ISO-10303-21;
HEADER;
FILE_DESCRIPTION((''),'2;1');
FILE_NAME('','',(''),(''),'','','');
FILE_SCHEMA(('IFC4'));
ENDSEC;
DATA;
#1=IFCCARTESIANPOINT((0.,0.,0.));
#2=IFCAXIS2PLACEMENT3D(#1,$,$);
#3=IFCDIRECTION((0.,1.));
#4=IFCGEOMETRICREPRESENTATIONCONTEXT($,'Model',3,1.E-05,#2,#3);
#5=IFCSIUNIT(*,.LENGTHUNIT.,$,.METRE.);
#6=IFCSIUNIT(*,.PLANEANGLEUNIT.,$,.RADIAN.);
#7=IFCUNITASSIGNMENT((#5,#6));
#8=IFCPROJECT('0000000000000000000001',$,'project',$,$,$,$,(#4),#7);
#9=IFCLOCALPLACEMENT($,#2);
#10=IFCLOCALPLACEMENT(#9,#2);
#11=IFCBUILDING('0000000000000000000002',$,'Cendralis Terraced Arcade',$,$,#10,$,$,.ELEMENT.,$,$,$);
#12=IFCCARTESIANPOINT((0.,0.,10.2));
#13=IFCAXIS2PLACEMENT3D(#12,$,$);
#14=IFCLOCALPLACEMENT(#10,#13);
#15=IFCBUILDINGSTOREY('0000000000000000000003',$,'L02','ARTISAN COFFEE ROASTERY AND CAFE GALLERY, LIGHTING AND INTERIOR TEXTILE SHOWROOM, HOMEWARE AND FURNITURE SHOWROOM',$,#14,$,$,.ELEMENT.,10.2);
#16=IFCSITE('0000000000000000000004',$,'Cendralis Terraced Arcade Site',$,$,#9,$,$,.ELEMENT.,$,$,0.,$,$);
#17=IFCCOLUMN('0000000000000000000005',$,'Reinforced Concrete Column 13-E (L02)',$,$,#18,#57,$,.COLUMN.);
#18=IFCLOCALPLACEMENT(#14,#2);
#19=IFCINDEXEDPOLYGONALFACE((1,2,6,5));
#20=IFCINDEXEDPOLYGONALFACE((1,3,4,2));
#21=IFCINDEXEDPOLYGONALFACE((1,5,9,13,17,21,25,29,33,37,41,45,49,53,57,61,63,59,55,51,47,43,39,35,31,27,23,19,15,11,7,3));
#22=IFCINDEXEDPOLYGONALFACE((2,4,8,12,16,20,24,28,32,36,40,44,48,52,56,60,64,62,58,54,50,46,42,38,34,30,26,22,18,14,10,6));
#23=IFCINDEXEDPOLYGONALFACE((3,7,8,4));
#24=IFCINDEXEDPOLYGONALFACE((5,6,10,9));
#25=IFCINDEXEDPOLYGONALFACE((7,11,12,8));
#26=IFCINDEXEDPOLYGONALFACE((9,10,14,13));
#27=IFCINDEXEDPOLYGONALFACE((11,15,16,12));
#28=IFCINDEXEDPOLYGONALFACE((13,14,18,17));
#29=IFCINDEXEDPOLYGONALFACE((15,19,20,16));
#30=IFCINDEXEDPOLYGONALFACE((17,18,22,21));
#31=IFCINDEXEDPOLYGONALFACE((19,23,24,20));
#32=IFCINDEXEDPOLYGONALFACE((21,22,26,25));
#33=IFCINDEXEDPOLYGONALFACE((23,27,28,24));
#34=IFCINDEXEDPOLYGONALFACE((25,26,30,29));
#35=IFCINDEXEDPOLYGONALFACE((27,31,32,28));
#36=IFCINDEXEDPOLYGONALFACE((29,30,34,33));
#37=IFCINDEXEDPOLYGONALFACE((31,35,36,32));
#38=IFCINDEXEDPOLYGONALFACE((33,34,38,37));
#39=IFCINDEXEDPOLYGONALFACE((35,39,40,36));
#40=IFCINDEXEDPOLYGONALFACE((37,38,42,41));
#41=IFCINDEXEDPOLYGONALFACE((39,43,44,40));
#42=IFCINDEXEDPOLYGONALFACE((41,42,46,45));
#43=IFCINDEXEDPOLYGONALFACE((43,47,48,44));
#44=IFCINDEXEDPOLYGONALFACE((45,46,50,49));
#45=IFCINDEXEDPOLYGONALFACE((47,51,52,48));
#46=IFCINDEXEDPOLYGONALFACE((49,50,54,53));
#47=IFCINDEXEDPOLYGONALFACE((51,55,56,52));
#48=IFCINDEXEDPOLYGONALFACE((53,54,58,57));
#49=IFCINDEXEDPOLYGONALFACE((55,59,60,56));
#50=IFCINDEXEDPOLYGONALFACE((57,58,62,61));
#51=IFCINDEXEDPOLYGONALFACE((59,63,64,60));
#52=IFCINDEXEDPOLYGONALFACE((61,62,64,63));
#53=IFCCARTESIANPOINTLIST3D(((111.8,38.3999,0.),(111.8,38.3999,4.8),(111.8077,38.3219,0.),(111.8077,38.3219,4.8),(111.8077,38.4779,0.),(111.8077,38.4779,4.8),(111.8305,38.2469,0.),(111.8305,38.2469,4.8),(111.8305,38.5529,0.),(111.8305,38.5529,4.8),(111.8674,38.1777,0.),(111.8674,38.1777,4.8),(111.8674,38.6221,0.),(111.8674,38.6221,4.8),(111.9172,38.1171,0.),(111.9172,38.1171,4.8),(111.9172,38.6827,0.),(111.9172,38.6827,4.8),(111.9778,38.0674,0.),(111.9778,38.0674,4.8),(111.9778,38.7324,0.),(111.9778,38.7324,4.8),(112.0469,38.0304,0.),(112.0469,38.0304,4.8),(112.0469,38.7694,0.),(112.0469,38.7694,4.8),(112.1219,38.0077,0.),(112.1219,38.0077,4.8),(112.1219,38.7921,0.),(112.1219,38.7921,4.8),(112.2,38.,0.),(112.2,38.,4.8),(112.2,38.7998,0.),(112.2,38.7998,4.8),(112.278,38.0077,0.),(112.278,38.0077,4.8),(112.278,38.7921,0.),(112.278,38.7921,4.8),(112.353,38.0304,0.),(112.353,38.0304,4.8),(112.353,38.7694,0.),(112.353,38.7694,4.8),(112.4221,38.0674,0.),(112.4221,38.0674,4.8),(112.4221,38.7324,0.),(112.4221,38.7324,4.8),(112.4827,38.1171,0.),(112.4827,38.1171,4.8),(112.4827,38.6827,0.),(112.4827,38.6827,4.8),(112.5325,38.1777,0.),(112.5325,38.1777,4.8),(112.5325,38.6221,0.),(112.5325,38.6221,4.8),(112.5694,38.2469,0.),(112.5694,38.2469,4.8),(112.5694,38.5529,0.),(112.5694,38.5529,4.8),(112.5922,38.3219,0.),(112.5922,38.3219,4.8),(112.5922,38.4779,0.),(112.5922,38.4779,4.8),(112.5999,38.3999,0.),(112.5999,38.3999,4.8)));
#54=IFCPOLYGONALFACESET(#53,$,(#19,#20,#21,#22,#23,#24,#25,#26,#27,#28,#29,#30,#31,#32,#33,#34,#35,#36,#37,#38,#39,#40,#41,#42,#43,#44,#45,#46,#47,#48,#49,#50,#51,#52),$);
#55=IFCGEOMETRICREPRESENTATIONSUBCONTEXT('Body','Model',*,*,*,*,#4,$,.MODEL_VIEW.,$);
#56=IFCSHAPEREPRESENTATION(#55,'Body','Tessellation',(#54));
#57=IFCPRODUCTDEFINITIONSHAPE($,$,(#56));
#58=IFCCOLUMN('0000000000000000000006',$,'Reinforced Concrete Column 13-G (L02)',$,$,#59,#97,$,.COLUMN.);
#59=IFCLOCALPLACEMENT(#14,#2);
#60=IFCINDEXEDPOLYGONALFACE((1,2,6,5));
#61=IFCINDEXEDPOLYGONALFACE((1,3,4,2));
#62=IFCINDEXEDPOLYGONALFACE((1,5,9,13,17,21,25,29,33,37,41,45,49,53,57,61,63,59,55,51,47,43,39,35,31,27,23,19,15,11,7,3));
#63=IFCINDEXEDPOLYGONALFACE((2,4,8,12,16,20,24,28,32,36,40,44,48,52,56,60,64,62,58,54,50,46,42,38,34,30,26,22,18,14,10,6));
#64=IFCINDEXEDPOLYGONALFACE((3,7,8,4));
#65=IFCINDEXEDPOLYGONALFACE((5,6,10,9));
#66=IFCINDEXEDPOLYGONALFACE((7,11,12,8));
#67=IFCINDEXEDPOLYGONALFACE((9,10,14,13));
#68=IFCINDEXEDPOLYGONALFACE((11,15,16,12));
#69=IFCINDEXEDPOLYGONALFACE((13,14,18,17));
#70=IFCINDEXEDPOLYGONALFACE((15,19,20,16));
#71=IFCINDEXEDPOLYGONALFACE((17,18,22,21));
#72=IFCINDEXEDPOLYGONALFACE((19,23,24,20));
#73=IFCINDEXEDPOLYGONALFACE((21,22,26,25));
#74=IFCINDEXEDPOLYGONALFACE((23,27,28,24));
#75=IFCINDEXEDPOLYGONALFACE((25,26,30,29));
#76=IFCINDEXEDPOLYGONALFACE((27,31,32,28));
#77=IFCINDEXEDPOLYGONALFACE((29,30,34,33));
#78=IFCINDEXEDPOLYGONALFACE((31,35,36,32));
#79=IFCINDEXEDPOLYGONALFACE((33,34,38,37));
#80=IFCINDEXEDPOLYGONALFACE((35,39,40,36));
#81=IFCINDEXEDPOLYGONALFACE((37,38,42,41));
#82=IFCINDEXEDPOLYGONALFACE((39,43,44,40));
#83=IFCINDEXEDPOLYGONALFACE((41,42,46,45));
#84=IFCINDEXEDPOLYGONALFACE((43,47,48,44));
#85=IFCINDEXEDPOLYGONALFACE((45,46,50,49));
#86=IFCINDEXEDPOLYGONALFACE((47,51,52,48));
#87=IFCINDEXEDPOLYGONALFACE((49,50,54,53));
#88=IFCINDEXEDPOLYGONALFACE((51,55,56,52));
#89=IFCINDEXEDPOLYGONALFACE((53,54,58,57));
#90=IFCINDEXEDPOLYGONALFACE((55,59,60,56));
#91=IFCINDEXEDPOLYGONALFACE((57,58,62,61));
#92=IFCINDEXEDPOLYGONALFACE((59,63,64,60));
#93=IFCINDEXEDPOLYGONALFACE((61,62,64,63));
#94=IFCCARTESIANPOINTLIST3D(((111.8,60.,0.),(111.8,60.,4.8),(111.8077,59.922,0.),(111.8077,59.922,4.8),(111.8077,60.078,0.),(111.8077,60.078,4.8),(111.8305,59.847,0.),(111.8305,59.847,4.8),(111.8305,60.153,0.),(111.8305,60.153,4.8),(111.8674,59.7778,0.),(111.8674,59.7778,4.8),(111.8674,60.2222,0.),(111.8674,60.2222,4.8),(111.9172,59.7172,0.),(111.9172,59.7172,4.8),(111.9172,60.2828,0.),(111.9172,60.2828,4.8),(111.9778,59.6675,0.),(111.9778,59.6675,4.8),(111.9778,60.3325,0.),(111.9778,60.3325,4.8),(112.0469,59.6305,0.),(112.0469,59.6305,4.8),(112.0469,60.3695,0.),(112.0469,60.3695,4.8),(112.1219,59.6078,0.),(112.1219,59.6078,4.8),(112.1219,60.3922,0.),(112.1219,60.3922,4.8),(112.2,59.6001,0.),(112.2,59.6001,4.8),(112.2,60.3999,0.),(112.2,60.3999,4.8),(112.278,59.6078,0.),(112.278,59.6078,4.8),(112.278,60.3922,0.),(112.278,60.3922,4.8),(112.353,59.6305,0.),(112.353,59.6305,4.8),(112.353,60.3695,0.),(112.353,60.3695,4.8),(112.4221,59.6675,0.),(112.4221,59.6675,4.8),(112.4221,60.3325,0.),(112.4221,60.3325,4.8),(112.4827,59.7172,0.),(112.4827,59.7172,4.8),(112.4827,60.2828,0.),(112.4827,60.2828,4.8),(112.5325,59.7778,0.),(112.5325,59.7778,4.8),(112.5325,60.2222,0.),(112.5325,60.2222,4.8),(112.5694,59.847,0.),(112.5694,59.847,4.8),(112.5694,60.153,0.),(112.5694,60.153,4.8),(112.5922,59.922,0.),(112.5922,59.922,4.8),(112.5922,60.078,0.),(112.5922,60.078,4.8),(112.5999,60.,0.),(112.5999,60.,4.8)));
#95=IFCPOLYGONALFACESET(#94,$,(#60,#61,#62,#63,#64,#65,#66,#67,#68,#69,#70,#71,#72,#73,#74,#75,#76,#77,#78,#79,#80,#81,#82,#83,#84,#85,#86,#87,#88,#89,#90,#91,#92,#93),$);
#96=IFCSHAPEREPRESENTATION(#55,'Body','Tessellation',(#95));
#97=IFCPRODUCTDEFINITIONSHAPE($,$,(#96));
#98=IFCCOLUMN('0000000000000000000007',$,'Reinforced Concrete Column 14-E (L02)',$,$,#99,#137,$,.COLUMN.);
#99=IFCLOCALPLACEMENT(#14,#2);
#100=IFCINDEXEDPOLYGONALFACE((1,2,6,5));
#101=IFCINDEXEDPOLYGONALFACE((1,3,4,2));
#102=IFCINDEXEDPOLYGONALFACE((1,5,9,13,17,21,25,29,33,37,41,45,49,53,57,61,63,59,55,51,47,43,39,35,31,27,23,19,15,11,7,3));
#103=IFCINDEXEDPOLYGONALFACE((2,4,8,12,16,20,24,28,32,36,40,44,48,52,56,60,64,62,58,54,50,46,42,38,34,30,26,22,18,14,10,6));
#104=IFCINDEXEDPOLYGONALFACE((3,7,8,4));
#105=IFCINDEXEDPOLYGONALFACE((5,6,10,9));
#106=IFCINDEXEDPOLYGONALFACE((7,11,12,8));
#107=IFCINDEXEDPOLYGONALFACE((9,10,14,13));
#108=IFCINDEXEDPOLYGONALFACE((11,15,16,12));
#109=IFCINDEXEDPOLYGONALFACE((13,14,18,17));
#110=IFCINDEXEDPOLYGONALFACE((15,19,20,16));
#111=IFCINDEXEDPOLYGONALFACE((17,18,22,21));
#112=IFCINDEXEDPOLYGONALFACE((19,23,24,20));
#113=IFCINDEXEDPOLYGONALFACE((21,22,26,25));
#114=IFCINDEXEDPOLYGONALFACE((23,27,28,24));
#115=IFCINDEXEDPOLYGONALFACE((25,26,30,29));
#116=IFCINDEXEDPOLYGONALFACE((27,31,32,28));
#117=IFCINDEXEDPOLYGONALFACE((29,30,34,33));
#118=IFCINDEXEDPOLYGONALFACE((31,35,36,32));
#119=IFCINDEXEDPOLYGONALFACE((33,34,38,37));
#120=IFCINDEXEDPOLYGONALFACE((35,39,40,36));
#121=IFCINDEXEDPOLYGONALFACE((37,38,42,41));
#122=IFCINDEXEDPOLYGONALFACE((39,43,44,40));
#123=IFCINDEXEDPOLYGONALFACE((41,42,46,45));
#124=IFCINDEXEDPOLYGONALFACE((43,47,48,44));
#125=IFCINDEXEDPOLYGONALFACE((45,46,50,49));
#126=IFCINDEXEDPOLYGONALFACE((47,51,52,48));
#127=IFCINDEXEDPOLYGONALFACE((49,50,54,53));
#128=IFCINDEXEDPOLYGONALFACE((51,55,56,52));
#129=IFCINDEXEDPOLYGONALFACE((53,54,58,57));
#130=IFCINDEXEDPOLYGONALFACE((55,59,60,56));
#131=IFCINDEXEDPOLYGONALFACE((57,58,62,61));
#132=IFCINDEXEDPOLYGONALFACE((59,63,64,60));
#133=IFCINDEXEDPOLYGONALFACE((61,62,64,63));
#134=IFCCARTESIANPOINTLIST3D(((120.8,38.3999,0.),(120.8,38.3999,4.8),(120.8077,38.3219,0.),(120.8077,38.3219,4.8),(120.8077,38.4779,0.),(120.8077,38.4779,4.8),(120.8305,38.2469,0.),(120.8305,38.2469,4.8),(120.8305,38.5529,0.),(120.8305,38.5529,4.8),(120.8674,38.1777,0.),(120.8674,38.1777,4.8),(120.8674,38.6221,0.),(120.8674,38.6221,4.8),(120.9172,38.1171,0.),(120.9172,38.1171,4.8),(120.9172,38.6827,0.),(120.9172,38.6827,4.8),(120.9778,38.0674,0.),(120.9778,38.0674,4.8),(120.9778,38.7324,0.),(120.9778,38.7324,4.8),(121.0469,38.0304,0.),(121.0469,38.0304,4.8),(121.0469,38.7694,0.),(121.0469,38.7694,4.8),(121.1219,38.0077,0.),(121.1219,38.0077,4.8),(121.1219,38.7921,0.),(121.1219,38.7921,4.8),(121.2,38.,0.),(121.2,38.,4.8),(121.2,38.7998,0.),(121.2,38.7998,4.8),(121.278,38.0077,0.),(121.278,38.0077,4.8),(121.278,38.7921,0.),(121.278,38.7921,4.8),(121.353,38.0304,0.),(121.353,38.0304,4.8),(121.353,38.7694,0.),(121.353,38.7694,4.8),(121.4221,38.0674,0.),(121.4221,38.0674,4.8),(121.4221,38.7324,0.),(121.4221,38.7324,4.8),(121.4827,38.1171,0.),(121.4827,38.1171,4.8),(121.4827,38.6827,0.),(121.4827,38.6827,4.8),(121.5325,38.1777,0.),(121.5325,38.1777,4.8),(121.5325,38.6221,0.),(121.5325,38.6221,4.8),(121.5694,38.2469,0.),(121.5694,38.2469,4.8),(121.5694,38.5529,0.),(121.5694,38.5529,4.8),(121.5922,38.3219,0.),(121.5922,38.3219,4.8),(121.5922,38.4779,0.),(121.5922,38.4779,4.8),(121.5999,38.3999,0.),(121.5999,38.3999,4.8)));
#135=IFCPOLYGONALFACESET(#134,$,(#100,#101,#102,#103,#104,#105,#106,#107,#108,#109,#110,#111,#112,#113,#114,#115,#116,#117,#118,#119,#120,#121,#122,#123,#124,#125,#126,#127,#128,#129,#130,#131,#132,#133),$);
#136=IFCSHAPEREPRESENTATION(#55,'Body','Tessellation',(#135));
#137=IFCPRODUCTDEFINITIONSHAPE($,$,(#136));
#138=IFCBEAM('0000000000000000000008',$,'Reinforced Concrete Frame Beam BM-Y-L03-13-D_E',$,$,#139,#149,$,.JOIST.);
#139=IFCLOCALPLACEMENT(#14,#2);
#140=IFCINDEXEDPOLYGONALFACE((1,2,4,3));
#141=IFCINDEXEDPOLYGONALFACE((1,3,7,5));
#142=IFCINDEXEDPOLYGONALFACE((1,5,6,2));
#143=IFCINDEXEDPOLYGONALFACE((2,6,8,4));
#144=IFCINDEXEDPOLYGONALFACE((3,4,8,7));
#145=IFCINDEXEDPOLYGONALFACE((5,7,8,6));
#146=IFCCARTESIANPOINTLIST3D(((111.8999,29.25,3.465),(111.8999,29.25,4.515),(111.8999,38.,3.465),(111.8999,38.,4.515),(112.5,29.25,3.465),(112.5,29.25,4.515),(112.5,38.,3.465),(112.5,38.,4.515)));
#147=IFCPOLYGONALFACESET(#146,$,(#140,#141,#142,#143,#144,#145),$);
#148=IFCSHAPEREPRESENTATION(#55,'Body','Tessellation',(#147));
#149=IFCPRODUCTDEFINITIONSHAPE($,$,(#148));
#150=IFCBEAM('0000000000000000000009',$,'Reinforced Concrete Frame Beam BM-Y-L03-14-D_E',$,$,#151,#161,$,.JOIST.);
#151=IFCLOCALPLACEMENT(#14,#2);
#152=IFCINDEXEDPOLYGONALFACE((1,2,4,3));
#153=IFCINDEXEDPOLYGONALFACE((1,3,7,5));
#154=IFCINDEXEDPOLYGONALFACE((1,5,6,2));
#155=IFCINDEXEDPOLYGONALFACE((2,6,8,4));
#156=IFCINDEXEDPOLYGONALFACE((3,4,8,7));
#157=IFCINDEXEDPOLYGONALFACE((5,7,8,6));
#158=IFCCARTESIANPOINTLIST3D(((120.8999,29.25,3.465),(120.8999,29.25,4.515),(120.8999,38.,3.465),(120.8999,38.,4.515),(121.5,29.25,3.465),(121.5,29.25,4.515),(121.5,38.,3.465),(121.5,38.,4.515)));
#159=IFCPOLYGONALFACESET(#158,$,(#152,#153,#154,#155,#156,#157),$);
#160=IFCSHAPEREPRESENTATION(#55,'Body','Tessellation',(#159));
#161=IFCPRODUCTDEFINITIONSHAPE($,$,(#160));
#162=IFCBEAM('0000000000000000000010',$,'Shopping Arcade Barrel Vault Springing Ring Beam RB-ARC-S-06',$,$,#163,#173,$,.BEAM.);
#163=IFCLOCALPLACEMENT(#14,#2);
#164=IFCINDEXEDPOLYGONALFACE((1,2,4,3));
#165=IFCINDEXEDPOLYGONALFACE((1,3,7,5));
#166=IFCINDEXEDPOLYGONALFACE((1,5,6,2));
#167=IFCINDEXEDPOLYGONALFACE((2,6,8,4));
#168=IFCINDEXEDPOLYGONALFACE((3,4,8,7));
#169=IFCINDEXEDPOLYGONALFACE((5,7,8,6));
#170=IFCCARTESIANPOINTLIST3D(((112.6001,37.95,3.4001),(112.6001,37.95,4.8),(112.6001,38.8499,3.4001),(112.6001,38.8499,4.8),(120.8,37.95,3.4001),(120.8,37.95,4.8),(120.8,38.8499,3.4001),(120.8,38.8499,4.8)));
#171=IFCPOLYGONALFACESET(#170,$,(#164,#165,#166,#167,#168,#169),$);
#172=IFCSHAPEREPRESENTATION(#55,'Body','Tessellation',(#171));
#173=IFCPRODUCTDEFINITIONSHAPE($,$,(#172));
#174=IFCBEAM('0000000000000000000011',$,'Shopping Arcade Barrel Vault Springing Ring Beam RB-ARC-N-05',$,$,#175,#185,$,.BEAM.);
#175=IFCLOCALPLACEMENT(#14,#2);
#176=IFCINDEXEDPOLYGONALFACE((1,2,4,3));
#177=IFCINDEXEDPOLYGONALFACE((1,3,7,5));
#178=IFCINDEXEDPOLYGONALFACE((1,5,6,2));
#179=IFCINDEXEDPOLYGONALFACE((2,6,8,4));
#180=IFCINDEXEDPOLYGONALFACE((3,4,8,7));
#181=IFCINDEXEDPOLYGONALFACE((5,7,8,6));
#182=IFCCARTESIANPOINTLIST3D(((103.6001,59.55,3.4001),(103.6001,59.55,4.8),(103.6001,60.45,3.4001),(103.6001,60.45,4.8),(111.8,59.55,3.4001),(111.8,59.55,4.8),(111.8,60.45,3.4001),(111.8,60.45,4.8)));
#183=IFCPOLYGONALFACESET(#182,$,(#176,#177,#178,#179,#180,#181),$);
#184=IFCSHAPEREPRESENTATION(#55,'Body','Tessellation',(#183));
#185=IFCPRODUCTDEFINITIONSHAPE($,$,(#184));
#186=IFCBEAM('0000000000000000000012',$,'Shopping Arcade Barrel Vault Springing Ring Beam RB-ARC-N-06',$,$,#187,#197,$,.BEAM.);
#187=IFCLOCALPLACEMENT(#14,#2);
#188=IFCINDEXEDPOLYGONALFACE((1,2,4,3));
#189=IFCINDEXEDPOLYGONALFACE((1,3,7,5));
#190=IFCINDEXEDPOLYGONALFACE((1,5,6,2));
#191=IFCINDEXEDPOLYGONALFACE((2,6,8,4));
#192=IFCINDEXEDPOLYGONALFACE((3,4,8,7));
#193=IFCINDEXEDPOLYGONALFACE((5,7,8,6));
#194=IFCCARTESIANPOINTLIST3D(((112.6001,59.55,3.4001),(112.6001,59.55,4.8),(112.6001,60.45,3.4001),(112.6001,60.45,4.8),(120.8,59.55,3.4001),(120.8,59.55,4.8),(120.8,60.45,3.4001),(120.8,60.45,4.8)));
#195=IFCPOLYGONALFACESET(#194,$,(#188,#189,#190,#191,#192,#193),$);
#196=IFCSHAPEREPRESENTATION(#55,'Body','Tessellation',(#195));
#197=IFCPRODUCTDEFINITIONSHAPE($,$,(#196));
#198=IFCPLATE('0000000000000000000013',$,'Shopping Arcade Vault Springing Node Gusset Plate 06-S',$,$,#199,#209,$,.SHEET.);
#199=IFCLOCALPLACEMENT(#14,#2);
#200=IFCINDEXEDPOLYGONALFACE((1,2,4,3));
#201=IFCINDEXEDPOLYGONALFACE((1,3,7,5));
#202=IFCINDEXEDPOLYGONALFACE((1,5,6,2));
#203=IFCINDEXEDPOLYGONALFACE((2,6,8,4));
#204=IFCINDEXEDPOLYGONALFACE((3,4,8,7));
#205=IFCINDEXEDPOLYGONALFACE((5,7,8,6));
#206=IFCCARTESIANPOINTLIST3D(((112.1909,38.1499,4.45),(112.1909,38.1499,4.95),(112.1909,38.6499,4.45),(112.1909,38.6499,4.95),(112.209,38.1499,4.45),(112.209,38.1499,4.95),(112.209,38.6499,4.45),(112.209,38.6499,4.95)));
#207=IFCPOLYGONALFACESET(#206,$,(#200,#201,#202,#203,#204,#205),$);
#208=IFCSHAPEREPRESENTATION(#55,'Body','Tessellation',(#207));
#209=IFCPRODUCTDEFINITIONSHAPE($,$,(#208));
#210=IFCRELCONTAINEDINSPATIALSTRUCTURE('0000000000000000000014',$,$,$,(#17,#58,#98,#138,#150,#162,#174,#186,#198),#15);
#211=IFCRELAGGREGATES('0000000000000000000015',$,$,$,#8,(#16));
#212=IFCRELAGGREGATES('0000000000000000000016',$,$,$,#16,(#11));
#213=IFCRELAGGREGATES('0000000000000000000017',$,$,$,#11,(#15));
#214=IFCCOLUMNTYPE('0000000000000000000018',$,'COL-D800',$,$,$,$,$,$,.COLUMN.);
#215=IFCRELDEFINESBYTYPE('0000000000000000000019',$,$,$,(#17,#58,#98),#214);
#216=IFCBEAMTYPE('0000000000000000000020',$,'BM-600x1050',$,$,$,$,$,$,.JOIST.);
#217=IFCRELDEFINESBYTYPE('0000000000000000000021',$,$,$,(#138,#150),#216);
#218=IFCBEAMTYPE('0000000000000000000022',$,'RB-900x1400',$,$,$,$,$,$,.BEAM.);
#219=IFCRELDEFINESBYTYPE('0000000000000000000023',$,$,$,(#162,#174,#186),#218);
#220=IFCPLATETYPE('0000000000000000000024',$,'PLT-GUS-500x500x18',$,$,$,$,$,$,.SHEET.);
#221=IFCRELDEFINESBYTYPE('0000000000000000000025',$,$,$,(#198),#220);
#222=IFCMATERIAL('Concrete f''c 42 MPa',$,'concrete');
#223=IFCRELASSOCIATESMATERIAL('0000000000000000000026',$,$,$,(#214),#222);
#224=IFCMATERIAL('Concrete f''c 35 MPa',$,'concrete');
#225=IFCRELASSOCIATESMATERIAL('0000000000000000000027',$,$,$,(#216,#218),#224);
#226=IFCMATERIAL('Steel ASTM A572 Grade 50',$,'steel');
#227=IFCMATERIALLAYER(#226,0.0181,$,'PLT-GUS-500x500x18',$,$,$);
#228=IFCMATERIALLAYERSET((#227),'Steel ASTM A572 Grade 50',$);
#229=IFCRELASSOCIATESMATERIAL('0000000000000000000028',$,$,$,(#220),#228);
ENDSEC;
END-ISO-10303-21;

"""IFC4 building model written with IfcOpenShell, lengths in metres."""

from ifc_helpers import new_model, si_unit, direction, frame, origin, origin_2d, place, context, subcontext, project, spatial, rectangle, circle, extrude, material, layer, layer_set, material_profile, profile_set, type_object, element, save


model = new_model("IFC4")

# Units and contexts
model_context = context("Model", 3, precision=1e-05, world=origin(), true_north=direction((0.0, 1.0)))
body_context = subcontext(model_context, "Body", "Model", "MODEL_VIEW")
ifc_project = project(units=[si_unit("LENGTHUNIT", "METRE"), si_unit("PLANEANGLEUNIT", "RADIAN")], contexts=[model_context])

# Site, building, storey
site_placement = place(None, origin())
site = spatial("IfcSite", under=ifc_project, at=site_placement, Name="Cendralis Terraced Arcade Site", CompositionType="ELEMENT", RefElevation=0.0)
building_placement = place(site_placement, origin())
building = spatial("IfcBuilding", under=site, at=building_placement, Name="Cendralis Terraced Arcade", CompositionType="ELEMENT")
storey_placement = place(building_placement, frame((0.0, 0.0, 10.2)))
storey = spatial("IfcBuildingStorey", under=building, at=storey_placement, Name="L02", Description="ARTISAN COFFEE ROASTERY AND CAFE GALLERY, LIGHTING AND INTERIOR TEXTILE SHOWROOM, HOMEWARE AND FURNITURE SHOWROOM", CompositionType="ELEMENT", Elevation=10.2)

# Columns
ifc_material_1 = material(Name="Concrete f'c 42 MPa", Category="concrete")
ifc_material_profile_1 = material_profile(ifc_material_1, circle(Radius=0.3999, at=origin_2d()), Name="RC-COL-D800", Category="LoadBearing")
ifc_profile_set_1 = profile_set([ifc_material_profile_1], Name="Concrete f'c 42 MPa")
column_type = type_object("IfcColumnType", Name="COL-D800", PredefinedType="COLUMN", material=ifc_profile_set_1)
for number, where, z_axis, x_axis, name in (
    (1, (112.2, 38.3999, 0.0), (0.0, 0.0, 1.0), (1.0, 0.0, 0.0), "Reinforced Concrete Column 13-E (L02)"),
    (2, (112.2, 60.0, 0.0), (0.0, 0.0, 1.0), (1.0, 0.0, 0.0), "Reinforced Concrete Column 13-G (L02)"),
    (3, (121.2, 38.3999, 0.0), (0.0, 0.0, 1.0), (1.0, 0.0, 0.0), "Reinforced Concrete Column 14-E (L02)"),
):
    element("IfcColumn", number, at=place(storey_placement, frame(where, z_axis=z_axis, x_axis=x_axis)), inside=storey, type_object=column_type, Name=name, PredefinedType="COLUMN", context=body_context, shape_type="SweptSolid", body=[
        extrude(circle(Radius=0.3999, at=origin_2d()), origin(), (0.0, 0.0, 1.0), 4.8),
    ])

# Beams
ifc_material_2 = material(Name="Concrete f'c 35 MPa", Category="concrete")
ifc_material_profile_2 = material_profile(ifc_material_2, rectangle(XDim=0.6001, YDim=1.05, at=origin_2d()), Name="RC-BM-600x1050", Category="LoadBearing")
ifc_profile_set_2 = profile_set([ifc_material_profile_2], Name="Concrete f'c 35 MPa")
beam_type_1 = type_object("IfcBeamType", Name="BM-600x1050", PredefinedType="JOIST", material=ifc_profile_set_2)
for number, where, z_axis, x_axis, name in (
    (4, (112.2, 29.25, 3.99), (0.0, 1.0, 0.0), (-1.0, 0.0, 0.0), "Reinforced Concrete Frame Beam BM-Y-L03-13-D_E"),
    (5, (121.2, 29.25, 3.99), (0.0, 1.0, 0.0), (-1.0, 0.0, 0.0), "Reinforced Concrete Frame Beam BM-Y-L03-14-D_E"),
):
    element("IfcBeam", number, at=place(storey_placement, frame(where, z_axis=z_axis, x_axis=x_axis)), inside=storey, type_object=beam_type_1, Name=name, PredefinedType="JOIST", context=body_context, shape_type="SweptSolid", body=[
        extrude(rectangle(XDim=0.6001, YDim=1.05, at=origin_2d()), origin(), (0.0, 0.0, 1.0), 8.75),
    ])
ifc_material_profile_3 = material_profile(ifc_material_2, rectangle(XDim=0.8999, YDim=1.3999, at=origin_2d()), Name="RC-RB-900x1400", Category="LoadBearing")
ifc_profile_set_3 = profile_set([ifc_material_profile_3], Name="Concrete f'c 35 MPa")
beam_type_2 = type_object("IfcBeamType", Name="RB-900x1400", PredefinedType="BEAM", material=ifc_profile_set_3)
for number, where, z_axis, x_axis, name in (
    (6, (112.6001, 38.3999, 4.1001), (1.0, 0.0, 0.0), (0.0, 1.0, 0.0), "Shopping Arcade Barrel Vault Springing Ring Beam RB-ARC-S-06"),
    (7, (103.6001, 60.0, 4.1001), (1.0, 0.0, 0.0), (0.0, 1.0, 0.0), "Shopping Arcade Barrel Vault Springing Ring Beam RB-ARC-N-05"),
    (8, (112.6001, 60.0, 4.1001), (1.0, 0.0, 0.0), (0.0, 1.0, 0.0), "Shopping Arcade Barrel Vault Springing Ring Beam RB-ARC-N-06"),
):
    element("IfcBeam", number, at=place(storey_placement, frame(where, z_axis=z_axis, x_axis=x_axis)), inside=storey, type_object=beam_type_2, Name=name, PredefinedType="BEAM", context=body_context, shape_type="SweptSolid", body=[
        extrude(rectangle(XDim=0.8999, YDim=1.3999, at=origin_2d()), origin(), (0.0, 0.0, 1.0), 8.2),
    ])

# Plate
ifc_material_3 = material(Name="Steel ASTM A572 Grade 50", Category="steel")
ifc_layer_1 = layer(ifc_material_3, 0.0181, Name="PLT-GUS-500x500x18")
ifc_layer_set_1 = layer_set([ifc_layer_1], Name="Steel ASTM A572 Grade 50")
plate_type_1 = type_object("IfcPlateType", Name="PLT-GUS-500x500x18", PredefinedType="SHEET", material=ifc_layer_set_1)
for number, where, z_axis, x_axis, name in (
    (9, (112.2, 38.3999, 4.45), (0.0, 0.0, 1.0), (0.0, 1.0, 0.0), "Shopping Arcade Vault Springing Node Gusset Plate 06-S"),
):
    element("IfcPlate", number, at=place(storey_placement, frame(where, z_axis=z_axis, x_axis=x_axis)), inside=storey, type_object=plate_type_1, Name=name, PredefinedType="SHEET", context=body_context, shape_type="SweptSolid", body=[
        extrude(rectangle(XDim=0.5, YDim=0.0181, at=origin_2d()), origin(), (0.0, 0.0, 1.0), 0.5),
    ])

save(model, "model.ifc")
